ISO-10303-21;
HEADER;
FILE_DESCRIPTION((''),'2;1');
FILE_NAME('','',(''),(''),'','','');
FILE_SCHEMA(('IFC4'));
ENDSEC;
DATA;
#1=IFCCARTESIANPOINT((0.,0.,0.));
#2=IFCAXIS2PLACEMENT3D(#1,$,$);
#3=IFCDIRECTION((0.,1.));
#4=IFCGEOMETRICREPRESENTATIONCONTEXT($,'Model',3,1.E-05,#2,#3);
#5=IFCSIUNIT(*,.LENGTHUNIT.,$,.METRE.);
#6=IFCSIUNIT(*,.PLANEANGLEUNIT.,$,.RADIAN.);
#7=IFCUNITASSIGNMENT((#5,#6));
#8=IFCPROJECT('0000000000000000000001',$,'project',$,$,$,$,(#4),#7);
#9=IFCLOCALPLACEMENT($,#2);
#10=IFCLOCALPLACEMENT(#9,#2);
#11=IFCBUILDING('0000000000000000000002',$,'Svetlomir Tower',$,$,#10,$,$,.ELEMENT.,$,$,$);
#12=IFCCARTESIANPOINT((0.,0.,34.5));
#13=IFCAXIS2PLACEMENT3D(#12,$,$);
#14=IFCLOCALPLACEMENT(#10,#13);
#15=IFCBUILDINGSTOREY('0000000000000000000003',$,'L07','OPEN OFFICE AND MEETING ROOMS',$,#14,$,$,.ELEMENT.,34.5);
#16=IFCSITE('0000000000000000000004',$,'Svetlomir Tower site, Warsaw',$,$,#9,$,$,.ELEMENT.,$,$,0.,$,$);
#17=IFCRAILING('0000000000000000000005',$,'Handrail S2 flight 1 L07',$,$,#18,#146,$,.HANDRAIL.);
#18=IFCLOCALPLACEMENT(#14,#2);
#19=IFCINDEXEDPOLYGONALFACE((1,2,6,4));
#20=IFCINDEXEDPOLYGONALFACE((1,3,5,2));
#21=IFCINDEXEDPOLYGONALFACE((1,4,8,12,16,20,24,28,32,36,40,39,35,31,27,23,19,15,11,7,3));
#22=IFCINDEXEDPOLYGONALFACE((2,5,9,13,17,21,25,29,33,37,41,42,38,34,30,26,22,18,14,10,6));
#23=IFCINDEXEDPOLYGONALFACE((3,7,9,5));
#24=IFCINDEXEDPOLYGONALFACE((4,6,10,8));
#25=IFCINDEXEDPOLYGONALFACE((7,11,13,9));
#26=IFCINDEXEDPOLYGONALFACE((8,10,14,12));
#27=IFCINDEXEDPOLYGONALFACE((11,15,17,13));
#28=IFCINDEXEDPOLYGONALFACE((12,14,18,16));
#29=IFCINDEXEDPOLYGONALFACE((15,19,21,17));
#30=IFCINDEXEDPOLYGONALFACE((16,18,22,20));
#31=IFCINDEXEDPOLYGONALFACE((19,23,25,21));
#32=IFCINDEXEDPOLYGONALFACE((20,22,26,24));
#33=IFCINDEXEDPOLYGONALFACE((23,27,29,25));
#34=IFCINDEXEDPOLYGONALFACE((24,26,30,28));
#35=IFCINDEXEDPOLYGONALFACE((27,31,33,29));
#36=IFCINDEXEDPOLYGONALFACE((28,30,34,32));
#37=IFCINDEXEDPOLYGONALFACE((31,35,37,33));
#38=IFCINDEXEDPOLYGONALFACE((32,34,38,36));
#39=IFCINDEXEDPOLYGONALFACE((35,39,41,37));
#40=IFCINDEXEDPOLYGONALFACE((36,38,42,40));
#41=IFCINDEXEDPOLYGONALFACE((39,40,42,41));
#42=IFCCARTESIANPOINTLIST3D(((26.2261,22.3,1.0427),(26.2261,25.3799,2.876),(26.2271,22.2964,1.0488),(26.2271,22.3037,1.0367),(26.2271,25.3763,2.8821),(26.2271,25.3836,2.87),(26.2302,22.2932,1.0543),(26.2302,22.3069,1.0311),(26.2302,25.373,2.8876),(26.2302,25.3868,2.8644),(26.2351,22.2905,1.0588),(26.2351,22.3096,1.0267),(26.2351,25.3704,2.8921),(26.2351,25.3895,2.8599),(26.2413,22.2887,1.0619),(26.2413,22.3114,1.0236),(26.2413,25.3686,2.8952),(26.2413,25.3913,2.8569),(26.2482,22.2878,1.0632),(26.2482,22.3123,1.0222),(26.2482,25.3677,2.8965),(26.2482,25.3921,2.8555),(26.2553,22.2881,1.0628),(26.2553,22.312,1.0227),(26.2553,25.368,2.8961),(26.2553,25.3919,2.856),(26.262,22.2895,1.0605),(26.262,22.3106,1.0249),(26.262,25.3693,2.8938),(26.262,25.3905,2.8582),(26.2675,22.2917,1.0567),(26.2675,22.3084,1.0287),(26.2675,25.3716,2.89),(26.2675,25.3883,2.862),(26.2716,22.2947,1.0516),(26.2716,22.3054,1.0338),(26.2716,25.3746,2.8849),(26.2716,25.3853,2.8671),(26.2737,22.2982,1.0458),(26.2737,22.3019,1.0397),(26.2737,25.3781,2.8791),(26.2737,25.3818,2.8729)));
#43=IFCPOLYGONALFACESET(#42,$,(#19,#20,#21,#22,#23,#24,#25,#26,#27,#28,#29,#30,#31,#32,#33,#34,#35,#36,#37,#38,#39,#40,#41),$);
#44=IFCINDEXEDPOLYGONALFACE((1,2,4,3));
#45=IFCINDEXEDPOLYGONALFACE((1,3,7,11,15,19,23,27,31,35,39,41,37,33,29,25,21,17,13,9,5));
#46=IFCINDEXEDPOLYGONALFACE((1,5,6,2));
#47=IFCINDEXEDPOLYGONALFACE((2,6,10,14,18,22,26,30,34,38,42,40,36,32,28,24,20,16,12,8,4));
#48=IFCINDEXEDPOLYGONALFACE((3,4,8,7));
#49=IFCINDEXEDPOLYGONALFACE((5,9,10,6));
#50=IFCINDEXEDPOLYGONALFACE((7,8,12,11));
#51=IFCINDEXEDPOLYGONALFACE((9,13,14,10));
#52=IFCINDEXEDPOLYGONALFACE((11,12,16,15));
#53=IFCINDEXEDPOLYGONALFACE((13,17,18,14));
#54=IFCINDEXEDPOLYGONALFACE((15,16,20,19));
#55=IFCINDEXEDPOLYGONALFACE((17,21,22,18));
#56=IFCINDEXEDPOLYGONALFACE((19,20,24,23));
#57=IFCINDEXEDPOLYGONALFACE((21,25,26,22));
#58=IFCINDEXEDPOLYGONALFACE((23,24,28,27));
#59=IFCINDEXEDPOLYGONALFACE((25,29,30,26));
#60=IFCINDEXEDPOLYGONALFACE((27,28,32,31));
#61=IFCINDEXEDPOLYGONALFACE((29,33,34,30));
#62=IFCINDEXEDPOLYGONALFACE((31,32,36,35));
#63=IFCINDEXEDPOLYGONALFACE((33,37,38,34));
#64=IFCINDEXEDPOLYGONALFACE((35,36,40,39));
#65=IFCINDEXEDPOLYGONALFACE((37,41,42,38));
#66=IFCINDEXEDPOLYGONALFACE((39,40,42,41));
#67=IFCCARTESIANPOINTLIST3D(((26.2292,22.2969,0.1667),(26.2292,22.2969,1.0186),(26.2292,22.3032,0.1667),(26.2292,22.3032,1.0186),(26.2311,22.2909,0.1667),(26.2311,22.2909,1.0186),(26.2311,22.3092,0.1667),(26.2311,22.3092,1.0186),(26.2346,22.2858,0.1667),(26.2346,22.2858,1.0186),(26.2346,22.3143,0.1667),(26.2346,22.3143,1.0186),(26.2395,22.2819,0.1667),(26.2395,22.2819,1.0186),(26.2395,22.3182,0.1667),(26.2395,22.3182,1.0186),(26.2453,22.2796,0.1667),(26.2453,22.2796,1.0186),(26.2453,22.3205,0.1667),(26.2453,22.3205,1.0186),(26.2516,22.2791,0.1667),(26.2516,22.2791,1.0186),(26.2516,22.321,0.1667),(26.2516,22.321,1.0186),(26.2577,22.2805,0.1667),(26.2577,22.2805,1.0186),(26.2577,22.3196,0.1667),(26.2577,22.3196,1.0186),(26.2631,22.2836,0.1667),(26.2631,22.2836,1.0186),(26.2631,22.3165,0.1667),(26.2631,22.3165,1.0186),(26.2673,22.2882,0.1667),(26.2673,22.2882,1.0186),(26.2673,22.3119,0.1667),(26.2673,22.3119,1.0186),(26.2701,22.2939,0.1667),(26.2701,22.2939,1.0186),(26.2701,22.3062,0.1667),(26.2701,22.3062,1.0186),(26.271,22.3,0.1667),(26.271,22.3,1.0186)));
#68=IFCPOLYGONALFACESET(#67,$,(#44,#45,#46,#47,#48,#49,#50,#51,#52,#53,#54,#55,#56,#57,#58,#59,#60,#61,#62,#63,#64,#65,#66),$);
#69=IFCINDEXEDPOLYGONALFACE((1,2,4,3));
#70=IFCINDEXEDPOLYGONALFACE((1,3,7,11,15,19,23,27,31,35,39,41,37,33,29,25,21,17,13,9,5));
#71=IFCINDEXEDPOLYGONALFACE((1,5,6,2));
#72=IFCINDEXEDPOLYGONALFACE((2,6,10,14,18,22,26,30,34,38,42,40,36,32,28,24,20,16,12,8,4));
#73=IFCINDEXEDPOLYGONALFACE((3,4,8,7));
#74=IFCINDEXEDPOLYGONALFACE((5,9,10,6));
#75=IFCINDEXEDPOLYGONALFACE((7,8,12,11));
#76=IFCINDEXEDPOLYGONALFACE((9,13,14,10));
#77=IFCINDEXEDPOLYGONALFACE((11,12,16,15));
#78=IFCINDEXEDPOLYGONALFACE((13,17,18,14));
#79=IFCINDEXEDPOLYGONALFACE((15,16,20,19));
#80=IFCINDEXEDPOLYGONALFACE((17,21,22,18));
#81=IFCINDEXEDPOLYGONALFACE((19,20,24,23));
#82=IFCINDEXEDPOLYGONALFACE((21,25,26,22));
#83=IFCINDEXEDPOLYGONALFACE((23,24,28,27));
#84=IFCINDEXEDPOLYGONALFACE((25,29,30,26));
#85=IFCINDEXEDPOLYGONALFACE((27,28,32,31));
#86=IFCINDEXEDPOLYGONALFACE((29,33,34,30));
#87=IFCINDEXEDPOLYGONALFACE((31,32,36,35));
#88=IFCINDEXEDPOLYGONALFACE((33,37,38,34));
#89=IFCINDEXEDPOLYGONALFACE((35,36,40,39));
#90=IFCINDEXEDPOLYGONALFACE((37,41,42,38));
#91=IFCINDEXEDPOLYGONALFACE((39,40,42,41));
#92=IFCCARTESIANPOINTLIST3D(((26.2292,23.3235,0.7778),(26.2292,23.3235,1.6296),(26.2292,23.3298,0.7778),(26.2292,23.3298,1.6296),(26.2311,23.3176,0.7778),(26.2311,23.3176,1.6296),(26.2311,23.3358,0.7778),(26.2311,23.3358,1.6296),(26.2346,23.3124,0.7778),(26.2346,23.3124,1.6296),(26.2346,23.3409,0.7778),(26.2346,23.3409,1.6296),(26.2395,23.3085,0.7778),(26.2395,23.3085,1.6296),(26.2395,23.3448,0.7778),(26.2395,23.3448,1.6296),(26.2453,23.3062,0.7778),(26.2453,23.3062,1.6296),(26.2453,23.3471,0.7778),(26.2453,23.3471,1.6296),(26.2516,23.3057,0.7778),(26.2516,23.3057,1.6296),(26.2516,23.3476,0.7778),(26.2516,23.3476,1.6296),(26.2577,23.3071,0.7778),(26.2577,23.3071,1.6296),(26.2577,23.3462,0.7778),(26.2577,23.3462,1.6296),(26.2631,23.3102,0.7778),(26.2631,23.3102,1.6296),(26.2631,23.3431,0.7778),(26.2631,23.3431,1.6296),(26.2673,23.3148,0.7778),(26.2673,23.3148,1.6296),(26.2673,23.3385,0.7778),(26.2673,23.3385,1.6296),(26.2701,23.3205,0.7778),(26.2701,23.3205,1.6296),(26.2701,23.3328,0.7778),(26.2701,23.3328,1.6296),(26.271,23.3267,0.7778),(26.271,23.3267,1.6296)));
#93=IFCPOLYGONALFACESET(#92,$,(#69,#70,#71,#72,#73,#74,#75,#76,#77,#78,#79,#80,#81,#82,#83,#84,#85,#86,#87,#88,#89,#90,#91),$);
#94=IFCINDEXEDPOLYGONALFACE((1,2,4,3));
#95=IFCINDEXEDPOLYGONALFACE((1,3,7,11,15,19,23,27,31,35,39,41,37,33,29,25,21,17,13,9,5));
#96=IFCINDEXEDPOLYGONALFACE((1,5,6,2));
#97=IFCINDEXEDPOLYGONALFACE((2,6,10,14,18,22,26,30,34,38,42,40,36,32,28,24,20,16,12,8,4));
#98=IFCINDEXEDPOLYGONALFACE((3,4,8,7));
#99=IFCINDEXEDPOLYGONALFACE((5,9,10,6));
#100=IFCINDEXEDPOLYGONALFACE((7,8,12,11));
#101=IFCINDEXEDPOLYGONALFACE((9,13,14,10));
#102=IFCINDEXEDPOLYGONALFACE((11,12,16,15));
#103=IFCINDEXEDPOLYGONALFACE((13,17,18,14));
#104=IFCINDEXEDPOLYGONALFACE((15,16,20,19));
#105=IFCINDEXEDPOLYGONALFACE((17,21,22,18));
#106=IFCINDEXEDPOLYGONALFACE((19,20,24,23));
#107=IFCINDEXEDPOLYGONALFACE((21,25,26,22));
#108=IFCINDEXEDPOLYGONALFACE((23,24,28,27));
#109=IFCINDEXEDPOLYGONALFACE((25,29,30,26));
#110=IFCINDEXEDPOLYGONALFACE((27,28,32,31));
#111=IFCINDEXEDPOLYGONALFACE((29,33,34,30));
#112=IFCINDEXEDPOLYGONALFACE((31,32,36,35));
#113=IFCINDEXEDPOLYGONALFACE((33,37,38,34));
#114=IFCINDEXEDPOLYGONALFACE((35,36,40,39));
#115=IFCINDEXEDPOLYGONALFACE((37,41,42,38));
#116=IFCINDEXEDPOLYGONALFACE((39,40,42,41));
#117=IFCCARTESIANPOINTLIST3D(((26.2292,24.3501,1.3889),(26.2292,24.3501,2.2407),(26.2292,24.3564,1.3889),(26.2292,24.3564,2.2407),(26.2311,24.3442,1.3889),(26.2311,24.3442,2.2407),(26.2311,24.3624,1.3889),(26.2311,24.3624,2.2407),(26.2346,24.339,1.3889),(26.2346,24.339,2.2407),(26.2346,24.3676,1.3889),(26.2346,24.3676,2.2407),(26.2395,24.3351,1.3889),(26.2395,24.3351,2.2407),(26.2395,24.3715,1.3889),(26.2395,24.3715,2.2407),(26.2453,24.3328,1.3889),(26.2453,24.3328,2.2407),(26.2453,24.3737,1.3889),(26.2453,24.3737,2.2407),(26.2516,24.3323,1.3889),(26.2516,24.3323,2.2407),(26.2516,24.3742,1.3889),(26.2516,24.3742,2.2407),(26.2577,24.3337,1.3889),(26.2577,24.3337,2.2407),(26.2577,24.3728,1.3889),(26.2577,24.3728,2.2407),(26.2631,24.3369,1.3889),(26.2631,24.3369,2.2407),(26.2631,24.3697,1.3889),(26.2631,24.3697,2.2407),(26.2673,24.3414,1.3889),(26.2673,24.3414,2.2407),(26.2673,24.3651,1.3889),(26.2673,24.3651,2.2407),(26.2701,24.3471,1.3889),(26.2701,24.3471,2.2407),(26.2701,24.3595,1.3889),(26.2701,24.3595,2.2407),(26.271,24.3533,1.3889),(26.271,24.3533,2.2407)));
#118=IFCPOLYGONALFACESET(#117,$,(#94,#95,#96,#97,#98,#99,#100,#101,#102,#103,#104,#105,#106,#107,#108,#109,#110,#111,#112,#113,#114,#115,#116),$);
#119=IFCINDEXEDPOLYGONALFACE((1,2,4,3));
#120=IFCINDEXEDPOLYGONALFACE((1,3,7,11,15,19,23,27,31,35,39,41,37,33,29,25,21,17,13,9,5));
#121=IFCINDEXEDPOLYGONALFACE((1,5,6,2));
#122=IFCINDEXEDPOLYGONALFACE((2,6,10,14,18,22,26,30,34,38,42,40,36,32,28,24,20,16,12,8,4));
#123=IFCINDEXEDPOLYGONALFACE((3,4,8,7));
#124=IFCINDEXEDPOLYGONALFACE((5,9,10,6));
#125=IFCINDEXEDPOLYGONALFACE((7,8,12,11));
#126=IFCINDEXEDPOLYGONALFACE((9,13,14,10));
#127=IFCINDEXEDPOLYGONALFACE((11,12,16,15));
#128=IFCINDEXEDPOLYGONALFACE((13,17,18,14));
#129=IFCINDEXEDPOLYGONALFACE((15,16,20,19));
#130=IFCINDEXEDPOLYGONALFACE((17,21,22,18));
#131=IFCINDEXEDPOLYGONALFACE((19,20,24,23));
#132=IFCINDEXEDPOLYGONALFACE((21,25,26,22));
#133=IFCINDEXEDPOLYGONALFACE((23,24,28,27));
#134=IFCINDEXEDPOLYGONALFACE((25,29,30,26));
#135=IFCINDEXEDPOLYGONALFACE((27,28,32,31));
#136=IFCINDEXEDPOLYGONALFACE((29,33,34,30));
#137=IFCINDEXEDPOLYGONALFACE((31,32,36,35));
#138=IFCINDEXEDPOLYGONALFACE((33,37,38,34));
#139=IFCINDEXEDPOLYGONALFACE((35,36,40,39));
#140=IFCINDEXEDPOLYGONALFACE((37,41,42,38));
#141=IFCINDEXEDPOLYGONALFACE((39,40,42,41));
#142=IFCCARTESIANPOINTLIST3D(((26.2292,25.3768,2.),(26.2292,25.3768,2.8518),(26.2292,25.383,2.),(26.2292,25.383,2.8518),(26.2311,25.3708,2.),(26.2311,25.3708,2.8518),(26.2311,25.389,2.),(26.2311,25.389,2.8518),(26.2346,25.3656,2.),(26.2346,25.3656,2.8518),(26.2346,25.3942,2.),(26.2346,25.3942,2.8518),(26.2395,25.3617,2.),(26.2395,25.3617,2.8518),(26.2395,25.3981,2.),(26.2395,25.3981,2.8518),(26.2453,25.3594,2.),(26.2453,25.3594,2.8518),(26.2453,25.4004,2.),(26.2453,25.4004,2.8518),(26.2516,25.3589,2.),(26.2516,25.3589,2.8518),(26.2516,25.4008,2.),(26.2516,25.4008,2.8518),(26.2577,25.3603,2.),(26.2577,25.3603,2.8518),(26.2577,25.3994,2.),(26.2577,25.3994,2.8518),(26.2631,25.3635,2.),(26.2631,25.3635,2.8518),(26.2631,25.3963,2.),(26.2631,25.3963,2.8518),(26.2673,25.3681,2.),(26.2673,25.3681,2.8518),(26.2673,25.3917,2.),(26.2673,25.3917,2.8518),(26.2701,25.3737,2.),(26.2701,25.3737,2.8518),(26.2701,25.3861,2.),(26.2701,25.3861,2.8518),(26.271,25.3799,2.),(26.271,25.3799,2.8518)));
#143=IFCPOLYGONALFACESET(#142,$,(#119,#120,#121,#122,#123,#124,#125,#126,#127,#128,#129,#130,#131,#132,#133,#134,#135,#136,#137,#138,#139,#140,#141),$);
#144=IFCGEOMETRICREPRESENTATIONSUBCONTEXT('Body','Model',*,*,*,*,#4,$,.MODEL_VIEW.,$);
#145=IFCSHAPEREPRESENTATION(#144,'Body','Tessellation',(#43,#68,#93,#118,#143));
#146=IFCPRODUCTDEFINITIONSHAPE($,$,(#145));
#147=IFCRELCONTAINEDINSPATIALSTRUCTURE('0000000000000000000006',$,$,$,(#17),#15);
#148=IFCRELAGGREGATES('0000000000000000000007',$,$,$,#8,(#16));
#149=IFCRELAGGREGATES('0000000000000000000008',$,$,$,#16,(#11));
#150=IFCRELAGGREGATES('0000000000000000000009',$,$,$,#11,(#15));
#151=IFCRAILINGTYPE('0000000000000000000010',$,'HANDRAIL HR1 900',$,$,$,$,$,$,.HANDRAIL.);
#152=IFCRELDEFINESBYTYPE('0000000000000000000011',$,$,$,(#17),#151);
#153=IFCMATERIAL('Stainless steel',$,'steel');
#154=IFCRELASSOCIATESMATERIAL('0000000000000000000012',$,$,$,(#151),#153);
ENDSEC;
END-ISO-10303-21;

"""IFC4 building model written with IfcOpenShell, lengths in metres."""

from ifc_helpers import new_model, si_unit, direction, frame, origin, origin_2d, place, context, subcontext, project, spatial, circle, extrude, material, type_object, element, save


model = new_model("IFC4")

# Units and contexts
model_context = context("Model", 3, precision=1e-05, world=origin(), true_north=direction((0.0, 1.0)))
body_context = subcontext(model_context, "Body", "Model", "MODEL_VIEW")
ifc_project = project(units=[si_unit("LENGTHUNIT", "METRE"), si_unit("PLANEANGLEUNIT", "RADIAN")], contexts=[model_context])

# Site, building, storey
site_placement = place(None, origin())
site = spatial("IfcSite", under=ifc_project, at=site_placement, Name="Svetlomir Tower site, Warsaw", CompositionType="ELEMENT", RefElevation=0.0)
building_placement = place(site_placement, origin())
building = spatial("IfcBuilding", under=site, at=building_placement, Name="Svetlomir Tower", CompositionType="ELEMENT")
storey_placement = place(building_placement, frame((0.0, 0.0, 34.5)))
storey = spatial("IfcBuildingStorey", under=building, at=storey_placement, Name="L07", Description="OPEN OFFICE AND MEETING ROOMS", CompositionType="ELEMENT", Elevation=34.5)

# Railing
ifc_material_1 = material(Name="Stainless steel", Category="steel")
railing_type = type_object("IfcRailingType", Name="HANDRAIL HR1 900", PredefinedType="HANDRAIL", material=ifc_material_1)
railing_1_placement = place(storey_placement, frame((26.25, 22.3, 0.1667)))
element("IfcRailing", 1, at=railing_1_placement, inside=storey, type_object=railing_type, Name="Handrail S2 flight 1 L07", PredefinedType="HANDRAIL", context=body_context, shape_type="SweptSolid", body=[
    extrude(circle(Radius=0.0239, at=origin_2d()), frame((0.0, 0.0, 0.876), z_axis=(0.0, 0.859291, 0.511487), x_axis=(-1.0, 0.0, 0.0)), (0.0, 0.0, 1.0), 3.5842),
    extrude(circle(Radius=0.021, at=origin_2d()), origin(), (0.0, 0.0, 1.0), 0.8518),
    extrude(circle(Radius=0.021, at=origin_2d()), frame((0.0, 1.0266, 0.6111)), (0.0, 0.0, 1.0), 0.8518),
    extrude(circle(Radius=0.021, at=origin_2d()), frame((0.0, 2.0532, 1.2222)), (0.0, 0.0, 1.0), 0.8518),
    extrude(circle(Radius=0.021, at=origin_2d()), frame((0.0, 3.0798, 1.8333)), (0.0, 0.0, 1.0), 0.8518),
])

save(model, "model.ifc")
